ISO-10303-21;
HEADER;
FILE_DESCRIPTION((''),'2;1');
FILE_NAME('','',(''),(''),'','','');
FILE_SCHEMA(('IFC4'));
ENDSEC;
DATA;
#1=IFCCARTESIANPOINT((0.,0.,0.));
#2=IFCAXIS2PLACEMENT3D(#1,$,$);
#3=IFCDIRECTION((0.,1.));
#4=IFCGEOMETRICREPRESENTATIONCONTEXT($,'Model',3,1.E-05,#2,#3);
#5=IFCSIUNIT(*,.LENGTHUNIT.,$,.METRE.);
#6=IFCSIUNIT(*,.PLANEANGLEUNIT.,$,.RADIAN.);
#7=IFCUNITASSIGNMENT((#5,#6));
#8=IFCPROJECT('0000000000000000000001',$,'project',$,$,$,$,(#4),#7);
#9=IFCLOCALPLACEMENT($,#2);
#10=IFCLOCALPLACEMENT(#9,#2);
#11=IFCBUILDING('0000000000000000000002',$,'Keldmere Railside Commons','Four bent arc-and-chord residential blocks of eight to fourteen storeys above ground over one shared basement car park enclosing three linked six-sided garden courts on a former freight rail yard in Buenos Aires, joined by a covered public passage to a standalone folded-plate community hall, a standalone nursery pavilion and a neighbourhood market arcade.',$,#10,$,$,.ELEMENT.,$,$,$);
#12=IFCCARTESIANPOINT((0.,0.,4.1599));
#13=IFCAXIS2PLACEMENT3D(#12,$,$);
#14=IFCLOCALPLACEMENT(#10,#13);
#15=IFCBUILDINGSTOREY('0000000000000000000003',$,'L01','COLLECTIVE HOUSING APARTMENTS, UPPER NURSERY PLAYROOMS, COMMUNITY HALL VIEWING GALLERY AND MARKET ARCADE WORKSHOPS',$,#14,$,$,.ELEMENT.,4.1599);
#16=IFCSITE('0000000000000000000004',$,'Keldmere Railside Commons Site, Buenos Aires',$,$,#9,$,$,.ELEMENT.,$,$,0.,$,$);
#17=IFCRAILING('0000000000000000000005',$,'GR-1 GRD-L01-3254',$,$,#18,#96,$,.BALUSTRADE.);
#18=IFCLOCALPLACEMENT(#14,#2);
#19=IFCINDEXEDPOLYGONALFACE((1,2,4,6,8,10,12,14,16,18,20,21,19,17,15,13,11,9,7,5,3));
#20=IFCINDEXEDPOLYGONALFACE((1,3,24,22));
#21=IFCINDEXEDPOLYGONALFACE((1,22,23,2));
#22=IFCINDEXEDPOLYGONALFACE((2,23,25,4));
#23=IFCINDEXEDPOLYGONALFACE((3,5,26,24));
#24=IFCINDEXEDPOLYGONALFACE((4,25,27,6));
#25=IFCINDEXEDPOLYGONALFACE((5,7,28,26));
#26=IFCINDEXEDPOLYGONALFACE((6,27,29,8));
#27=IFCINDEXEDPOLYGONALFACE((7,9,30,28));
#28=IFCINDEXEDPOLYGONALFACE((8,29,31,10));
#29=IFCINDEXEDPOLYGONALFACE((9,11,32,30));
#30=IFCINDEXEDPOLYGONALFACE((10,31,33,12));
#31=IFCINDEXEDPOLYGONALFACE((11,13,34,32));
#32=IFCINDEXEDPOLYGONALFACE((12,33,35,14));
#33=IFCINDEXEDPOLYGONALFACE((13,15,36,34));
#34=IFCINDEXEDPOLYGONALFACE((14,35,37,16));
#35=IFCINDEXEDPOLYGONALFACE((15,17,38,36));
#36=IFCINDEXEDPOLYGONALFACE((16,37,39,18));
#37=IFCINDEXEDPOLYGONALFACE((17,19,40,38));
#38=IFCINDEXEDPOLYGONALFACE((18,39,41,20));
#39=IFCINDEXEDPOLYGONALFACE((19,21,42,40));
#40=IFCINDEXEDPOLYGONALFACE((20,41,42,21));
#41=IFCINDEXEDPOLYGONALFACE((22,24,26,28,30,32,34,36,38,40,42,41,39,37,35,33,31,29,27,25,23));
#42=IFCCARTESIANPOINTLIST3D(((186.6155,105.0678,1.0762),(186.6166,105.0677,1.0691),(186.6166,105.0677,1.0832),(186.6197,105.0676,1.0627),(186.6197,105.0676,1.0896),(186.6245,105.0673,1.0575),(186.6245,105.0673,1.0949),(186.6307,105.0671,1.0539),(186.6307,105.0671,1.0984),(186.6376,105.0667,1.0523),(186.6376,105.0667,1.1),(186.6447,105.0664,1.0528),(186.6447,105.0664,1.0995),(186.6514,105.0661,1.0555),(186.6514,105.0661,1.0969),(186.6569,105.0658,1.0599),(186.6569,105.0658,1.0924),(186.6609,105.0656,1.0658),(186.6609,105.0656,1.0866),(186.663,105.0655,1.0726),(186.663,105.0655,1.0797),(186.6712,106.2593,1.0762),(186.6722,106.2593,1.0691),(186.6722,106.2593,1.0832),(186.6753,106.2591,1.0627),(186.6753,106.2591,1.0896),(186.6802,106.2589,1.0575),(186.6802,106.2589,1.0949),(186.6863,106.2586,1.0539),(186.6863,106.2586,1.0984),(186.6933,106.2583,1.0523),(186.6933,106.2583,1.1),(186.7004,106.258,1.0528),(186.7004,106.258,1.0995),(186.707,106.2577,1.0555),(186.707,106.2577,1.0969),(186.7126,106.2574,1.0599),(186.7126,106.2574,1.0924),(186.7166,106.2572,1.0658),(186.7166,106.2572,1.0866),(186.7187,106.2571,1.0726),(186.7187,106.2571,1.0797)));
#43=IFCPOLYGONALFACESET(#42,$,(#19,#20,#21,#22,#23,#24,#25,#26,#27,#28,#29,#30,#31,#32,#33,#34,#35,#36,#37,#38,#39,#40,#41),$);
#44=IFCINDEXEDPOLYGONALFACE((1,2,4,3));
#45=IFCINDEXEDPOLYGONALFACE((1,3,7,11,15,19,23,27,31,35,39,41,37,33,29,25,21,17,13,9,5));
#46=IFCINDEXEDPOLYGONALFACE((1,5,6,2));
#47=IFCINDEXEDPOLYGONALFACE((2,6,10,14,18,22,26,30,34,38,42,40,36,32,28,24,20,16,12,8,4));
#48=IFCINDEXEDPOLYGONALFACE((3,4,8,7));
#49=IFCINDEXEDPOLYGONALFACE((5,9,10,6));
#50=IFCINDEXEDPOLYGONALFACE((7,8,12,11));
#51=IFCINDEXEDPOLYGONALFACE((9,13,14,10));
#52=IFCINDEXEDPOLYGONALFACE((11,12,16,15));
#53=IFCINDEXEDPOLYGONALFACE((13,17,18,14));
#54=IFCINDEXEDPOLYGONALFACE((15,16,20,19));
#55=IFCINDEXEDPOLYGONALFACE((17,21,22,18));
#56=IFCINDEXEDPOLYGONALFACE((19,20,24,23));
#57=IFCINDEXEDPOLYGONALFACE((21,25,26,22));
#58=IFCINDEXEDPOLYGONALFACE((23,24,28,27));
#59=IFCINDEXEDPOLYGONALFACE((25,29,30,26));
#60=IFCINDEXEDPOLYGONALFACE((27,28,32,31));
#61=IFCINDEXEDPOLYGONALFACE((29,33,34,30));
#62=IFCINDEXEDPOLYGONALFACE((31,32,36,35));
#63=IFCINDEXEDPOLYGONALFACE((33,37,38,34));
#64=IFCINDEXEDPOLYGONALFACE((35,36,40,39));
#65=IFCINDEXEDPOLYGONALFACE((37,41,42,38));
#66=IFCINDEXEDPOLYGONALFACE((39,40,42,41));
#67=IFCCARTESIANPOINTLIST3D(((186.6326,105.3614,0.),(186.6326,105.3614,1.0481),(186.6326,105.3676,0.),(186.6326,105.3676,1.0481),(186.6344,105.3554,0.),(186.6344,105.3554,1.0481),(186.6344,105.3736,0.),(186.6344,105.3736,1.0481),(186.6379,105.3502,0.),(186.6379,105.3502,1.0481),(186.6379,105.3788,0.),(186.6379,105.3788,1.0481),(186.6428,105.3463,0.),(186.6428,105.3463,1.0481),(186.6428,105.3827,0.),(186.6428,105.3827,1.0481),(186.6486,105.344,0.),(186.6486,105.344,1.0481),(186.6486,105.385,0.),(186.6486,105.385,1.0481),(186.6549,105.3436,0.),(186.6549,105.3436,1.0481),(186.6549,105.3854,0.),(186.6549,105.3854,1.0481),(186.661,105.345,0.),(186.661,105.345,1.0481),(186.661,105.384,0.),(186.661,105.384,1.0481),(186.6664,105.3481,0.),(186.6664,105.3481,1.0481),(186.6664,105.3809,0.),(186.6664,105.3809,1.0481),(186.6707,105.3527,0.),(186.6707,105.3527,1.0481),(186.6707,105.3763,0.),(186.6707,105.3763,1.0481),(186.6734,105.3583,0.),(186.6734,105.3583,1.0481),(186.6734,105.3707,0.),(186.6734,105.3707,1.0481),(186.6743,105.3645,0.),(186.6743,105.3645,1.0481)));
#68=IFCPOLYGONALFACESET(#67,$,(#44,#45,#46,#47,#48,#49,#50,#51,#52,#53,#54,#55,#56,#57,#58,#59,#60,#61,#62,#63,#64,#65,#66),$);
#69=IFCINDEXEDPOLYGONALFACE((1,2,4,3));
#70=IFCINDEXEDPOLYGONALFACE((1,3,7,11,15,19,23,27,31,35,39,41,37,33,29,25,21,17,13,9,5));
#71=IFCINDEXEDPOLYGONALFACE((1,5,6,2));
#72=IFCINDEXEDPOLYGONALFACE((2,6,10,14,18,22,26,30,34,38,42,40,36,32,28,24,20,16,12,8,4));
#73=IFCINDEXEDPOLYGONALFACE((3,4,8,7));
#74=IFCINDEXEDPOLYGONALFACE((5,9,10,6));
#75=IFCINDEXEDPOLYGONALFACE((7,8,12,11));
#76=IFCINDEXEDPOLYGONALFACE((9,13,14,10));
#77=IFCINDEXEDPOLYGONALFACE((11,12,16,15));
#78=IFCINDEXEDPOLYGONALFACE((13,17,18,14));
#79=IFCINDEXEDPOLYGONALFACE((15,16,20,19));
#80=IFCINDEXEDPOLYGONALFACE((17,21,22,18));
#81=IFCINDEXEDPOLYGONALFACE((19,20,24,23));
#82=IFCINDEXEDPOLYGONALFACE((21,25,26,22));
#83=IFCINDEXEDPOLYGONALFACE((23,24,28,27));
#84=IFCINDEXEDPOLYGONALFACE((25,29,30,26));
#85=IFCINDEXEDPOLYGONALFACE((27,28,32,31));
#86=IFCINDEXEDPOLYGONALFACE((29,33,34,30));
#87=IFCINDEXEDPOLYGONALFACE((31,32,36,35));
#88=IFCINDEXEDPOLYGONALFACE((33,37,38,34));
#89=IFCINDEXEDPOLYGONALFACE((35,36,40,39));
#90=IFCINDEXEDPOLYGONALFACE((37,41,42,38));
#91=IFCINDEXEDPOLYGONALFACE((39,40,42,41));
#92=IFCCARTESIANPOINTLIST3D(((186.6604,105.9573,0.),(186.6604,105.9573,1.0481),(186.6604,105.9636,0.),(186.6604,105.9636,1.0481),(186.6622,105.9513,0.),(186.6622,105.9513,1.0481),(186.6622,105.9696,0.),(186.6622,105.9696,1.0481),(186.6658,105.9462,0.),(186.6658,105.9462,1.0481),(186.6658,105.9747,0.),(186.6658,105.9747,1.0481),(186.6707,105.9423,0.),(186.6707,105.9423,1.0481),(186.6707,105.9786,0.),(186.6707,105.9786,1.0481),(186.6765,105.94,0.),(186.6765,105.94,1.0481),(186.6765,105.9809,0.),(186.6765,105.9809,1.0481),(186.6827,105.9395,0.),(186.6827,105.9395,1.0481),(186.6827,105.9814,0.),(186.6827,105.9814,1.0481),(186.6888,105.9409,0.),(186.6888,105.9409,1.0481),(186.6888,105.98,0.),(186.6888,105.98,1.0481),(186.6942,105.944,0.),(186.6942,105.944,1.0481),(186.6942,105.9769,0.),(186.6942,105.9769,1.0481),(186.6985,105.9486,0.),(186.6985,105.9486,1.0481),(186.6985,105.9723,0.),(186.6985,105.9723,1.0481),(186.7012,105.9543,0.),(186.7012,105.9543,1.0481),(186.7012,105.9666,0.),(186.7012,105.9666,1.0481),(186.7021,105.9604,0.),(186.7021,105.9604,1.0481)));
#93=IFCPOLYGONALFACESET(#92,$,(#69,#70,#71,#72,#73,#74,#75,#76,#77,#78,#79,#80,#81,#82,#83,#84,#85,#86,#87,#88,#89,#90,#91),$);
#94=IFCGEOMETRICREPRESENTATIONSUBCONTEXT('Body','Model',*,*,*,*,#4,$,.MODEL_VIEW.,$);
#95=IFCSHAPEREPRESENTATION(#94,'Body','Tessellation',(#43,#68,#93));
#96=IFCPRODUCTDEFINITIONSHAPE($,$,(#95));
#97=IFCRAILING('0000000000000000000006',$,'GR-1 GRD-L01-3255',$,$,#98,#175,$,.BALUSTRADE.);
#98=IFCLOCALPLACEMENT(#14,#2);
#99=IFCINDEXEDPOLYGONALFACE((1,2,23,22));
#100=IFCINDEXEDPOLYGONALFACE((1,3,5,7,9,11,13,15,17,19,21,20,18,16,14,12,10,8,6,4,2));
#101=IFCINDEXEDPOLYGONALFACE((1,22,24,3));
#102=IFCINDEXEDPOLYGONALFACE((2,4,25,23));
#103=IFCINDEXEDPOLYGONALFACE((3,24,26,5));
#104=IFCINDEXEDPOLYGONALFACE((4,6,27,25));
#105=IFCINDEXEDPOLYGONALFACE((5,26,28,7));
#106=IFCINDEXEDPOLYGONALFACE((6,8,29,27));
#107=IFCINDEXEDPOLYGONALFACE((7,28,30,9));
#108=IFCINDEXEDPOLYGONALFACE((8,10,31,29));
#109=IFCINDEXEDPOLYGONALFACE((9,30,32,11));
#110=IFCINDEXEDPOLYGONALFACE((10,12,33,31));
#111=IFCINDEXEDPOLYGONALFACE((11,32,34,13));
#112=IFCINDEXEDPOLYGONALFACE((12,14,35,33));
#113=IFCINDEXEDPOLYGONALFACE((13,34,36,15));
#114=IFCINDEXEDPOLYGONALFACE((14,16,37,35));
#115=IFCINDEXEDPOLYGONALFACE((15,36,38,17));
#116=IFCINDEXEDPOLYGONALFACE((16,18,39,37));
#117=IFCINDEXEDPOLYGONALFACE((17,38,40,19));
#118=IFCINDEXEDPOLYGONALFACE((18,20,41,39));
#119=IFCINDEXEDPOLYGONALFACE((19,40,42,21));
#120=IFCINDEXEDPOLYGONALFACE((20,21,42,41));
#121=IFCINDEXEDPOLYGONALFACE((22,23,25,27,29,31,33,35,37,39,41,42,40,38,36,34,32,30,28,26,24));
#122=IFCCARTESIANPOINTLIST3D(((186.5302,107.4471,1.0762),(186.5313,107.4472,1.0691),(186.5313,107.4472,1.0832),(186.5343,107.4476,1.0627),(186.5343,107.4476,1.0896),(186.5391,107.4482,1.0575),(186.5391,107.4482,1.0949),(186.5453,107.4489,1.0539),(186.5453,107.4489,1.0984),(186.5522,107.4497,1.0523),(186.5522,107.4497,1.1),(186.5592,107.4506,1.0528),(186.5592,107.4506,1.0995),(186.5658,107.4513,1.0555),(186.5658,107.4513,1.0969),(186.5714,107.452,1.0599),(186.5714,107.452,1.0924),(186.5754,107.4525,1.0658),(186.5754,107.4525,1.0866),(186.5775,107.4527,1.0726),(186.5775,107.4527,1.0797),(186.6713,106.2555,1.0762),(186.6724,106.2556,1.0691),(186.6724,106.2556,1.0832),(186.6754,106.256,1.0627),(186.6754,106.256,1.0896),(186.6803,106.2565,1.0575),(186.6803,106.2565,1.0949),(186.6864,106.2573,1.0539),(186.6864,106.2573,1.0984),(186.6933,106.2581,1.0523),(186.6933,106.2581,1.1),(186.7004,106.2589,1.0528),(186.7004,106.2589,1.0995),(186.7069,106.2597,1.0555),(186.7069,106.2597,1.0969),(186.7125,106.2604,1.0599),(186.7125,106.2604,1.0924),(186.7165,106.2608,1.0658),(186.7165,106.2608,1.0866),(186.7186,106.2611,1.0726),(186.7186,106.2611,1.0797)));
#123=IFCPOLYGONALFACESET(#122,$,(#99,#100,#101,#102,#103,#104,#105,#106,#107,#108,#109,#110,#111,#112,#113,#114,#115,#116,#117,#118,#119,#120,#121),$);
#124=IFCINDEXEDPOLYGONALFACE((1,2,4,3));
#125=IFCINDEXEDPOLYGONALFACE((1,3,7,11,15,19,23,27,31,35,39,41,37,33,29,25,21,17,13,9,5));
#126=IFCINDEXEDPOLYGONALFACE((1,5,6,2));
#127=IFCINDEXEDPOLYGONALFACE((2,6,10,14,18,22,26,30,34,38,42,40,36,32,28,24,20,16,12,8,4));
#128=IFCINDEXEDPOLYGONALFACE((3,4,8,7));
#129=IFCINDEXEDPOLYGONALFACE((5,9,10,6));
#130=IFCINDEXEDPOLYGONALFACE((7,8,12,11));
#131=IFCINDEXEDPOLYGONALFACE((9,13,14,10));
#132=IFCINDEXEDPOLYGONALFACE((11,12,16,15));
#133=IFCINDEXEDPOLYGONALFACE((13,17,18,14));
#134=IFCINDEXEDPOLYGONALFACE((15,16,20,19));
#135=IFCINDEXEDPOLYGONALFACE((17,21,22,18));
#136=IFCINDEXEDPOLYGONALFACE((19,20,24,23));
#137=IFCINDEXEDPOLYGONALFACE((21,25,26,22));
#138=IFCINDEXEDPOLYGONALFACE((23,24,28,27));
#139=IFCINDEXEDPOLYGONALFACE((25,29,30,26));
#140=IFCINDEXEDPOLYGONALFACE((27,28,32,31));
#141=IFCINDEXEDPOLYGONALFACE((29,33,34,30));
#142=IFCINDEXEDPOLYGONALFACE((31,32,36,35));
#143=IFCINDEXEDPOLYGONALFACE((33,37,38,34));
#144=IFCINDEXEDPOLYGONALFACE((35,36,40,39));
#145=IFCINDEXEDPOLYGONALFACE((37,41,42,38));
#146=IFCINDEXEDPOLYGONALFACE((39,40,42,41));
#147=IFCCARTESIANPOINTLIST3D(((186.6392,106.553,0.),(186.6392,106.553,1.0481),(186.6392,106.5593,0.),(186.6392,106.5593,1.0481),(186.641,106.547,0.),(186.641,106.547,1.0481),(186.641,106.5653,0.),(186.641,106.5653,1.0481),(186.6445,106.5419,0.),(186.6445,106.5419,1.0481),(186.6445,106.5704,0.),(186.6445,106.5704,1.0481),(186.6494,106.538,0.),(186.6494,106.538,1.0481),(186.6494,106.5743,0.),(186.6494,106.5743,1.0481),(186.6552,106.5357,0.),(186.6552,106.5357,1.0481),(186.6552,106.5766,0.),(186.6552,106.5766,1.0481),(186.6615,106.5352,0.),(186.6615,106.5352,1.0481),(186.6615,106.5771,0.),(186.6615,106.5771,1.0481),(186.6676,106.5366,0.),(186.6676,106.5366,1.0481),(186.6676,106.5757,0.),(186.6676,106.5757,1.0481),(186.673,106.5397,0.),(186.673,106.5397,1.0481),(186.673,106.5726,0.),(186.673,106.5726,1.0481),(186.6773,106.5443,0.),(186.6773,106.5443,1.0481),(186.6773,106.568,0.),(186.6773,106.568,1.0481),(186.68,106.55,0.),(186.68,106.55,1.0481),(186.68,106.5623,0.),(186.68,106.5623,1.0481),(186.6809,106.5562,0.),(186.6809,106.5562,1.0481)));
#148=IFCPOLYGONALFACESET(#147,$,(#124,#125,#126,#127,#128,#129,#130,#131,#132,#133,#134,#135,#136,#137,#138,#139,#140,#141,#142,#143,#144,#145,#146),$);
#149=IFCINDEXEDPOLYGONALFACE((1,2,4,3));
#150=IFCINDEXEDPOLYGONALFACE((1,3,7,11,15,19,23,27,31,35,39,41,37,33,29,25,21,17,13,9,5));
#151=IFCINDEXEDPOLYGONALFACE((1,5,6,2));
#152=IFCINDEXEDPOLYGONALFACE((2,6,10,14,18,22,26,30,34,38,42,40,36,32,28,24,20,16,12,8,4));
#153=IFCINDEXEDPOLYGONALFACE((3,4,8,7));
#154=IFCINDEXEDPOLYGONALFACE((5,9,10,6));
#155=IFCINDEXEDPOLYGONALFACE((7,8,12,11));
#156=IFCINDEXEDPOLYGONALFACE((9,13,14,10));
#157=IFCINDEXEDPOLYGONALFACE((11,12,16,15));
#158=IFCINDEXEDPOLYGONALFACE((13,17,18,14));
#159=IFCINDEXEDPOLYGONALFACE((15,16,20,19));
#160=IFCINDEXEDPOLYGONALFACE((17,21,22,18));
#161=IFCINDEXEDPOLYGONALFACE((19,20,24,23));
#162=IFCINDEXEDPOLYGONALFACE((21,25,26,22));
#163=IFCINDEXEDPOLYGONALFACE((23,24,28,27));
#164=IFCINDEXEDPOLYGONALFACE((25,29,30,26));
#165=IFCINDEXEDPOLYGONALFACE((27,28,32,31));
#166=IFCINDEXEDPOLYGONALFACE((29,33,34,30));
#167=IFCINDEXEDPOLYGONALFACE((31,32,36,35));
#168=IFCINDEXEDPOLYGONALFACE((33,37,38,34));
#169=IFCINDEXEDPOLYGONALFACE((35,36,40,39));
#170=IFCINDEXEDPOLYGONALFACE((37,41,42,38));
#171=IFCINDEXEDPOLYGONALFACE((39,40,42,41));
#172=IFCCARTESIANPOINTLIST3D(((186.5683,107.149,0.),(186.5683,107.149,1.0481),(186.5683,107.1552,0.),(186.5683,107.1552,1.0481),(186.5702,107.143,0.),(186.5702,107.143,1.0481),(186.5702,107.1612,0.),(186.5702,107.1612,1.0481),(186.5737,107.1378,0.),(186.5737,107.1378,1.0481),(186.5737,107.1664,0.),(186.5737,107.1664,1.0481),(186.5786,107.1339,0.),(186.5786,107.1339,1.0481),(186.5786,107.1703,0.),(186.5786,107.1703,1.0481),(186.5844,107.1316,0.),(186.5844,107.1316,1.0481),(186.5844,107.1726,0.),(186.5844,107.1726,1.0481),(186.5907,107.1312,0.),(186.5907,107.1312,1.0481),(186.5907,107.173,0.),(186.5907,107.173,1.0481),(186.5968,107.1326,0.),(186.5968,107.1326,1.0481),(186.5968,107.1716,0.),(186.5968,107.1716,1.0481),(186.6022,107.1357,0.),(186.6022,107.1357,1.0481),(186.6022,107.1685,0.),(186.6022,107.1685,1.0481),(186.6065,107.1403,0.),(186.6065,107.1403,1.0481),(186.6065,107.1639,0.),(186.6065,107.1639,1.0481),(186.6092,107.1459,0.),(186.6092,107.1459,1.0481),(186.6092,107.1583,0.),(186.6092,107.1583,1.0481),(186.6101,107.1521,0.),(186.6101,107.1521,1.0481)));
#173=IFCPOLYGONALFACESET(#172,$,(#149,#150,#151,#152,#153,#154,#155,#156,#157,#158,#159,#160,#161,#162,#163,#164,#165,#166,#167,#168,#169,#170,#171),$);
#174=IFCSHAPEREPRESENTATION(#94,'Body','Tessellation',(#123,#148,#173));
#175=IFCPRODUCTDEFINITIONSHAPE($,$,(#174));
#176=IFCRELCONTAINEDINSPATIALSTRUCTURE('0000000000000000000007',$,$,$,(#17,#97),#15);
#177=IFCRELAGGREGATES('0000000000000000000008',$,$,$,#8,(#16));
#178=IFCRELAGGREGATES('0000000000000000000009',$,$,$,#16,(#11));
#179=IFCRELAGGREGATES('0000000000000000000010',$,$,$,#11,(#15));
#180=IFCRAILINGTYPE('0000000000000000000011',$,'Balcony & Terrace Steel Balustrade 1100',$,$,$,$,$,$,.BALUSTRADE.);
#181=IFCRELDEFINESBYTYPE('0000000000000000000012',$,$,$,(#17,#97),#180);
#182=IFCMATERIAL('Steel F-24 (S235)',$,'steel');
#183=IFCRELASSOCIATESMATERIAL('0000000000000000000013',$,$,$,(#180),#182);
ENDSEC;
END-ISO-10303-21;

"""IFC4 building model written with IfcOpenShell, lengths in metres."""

from ifc_helpers import new_model, si_unit, direction, frame, origin, origin_2d, place, context, subcontext, project, spatial, circle, extrude, material, type_object, element, save


model = new_model("IFC4")

# Units and contexts
model_context = context("Model", 3, precision=1e-05, world=origin(), true_north=direction((0.0, 1.0)))
body_context = subcontext(model_context, "Body", "Model", "MODEL_VIEW")
ifc_project = project(units=[si_unit("LENGTHUNIT", "METRE"), si_unit("PLANEANGLEUNIT", "RADIAN")], contexts=[model_context])

# Site, building, storey
site_placement = place(None, origin())
site = spatial("IfcSite", under=ifc_project, at=site_placement, Name="Keldmere Railside Commons Site, Buenos Aires", CompositionType="ELEMENT", RefElevation=0.0)
building_placement = place(site_placement, origin())
building = spatial("IfcBuilding", under=site, at=building_placement, Name="Keldmere Railside Commons", Description="Four bent arc-and-chord residential blocks of eight to fourteen storeys above ground over one shared basement car park enclosing three linked six-sided garden courts on a former freight rail yard in Buenos Aires, joined by a covered public passage to a standalone folded-plate community hall, a standalone nursery pavilion and a neighbourhood market arcade.", CompositionType="ELEMENT")
storey_placement = place(building_placement, frame((0.0, 0.0, 4.1599)))
storey = spatial("IfcBuildingStorey", under=building, at=storey_placement, Name="L01", Description="COLLECTIVE HOUSING APARTMENTS, UPPER NURSERY PLAYROOMS, COMMUNITY HALL VIEWING GALLERY AND MARKET ARCADE WORKSHOPS", CompositionType="ELEMENT", Elevation=4.1599)

# Railings
ifc_material_1 = material(Name="Steel F-24 (S235)", Category="steel")
railing_type = type_object("IfcRailingType", Name="Balcony & Terrace Steel Balustrade 1100", PredefinedType="BALUSTRADE", material=ifc_material_1)
railing_1_placement = place(storey_placement, frame((186.6394, 105.0667, 0.0)))
element("IfcRailing", 1, at=railing_1_placement, inside=storey, type_object=railing_type, Name="GR-1 GRD-L01-3254", PredefinedType="BALUSTRADE", context=body_context, shape_type="SweptSolid", body=[
    extrude(circle(Radius=0.0239, at=origin_2d()), frame((0.0, 0.0, 1.0762), z_axis=(0.046661, 0.998911, 0.0), x_axis=(-0.998911, 0.046661, 0.0)), (0.0, 0.0, 1.0), 1.1929),
    extrude(circle(Radius=0.021, at=origin_2d()), frame((0.0139, 0.2979, 0.0)), (0.0, 0.0, 1.0), 1.0481),
    extrude(circle(Radius=0.021, at=origin_2d()), frame((0.0417, 0.8938, 0.0)), (0.0, 0.0, 1.0), 1.0481),
])
railing_2_placement = place(storey_placement, frame((186.6951, 106.2583, 0.0)))
element("IfcRailing", 2, at=railing_2_placement, inside=storey, type_object=railing_type, Name="GR-1 GRD-L01-3255", PredefinedType="BALUSTRADE", context=body_context, shape_type="SweptSolid", body=[
    extrude(circle(Radius=0.0239, at=origin_2d()), frame((0.0, 0.0, 1.0762), z_axis=(-0.117597, 0.993061, 0.0), x_axis=(-0.993061, -0.117597, 0.0)), (0.0, 0.0, 1.0), 1.2),
    extrude(circle(Radius=0.021, at=origin_2d()), frame((-0.0352, 0.2979, 0.0)), (0.0, 0.0, 1.0), 1.0481),
    extrude(circle(Radius=0.021, at=origin_2d()), frame((-0.106, 0.8938, 0.0)), (0.0, 0.0, 1.0), 1.0481),
])

save(model, "model.ifc")
